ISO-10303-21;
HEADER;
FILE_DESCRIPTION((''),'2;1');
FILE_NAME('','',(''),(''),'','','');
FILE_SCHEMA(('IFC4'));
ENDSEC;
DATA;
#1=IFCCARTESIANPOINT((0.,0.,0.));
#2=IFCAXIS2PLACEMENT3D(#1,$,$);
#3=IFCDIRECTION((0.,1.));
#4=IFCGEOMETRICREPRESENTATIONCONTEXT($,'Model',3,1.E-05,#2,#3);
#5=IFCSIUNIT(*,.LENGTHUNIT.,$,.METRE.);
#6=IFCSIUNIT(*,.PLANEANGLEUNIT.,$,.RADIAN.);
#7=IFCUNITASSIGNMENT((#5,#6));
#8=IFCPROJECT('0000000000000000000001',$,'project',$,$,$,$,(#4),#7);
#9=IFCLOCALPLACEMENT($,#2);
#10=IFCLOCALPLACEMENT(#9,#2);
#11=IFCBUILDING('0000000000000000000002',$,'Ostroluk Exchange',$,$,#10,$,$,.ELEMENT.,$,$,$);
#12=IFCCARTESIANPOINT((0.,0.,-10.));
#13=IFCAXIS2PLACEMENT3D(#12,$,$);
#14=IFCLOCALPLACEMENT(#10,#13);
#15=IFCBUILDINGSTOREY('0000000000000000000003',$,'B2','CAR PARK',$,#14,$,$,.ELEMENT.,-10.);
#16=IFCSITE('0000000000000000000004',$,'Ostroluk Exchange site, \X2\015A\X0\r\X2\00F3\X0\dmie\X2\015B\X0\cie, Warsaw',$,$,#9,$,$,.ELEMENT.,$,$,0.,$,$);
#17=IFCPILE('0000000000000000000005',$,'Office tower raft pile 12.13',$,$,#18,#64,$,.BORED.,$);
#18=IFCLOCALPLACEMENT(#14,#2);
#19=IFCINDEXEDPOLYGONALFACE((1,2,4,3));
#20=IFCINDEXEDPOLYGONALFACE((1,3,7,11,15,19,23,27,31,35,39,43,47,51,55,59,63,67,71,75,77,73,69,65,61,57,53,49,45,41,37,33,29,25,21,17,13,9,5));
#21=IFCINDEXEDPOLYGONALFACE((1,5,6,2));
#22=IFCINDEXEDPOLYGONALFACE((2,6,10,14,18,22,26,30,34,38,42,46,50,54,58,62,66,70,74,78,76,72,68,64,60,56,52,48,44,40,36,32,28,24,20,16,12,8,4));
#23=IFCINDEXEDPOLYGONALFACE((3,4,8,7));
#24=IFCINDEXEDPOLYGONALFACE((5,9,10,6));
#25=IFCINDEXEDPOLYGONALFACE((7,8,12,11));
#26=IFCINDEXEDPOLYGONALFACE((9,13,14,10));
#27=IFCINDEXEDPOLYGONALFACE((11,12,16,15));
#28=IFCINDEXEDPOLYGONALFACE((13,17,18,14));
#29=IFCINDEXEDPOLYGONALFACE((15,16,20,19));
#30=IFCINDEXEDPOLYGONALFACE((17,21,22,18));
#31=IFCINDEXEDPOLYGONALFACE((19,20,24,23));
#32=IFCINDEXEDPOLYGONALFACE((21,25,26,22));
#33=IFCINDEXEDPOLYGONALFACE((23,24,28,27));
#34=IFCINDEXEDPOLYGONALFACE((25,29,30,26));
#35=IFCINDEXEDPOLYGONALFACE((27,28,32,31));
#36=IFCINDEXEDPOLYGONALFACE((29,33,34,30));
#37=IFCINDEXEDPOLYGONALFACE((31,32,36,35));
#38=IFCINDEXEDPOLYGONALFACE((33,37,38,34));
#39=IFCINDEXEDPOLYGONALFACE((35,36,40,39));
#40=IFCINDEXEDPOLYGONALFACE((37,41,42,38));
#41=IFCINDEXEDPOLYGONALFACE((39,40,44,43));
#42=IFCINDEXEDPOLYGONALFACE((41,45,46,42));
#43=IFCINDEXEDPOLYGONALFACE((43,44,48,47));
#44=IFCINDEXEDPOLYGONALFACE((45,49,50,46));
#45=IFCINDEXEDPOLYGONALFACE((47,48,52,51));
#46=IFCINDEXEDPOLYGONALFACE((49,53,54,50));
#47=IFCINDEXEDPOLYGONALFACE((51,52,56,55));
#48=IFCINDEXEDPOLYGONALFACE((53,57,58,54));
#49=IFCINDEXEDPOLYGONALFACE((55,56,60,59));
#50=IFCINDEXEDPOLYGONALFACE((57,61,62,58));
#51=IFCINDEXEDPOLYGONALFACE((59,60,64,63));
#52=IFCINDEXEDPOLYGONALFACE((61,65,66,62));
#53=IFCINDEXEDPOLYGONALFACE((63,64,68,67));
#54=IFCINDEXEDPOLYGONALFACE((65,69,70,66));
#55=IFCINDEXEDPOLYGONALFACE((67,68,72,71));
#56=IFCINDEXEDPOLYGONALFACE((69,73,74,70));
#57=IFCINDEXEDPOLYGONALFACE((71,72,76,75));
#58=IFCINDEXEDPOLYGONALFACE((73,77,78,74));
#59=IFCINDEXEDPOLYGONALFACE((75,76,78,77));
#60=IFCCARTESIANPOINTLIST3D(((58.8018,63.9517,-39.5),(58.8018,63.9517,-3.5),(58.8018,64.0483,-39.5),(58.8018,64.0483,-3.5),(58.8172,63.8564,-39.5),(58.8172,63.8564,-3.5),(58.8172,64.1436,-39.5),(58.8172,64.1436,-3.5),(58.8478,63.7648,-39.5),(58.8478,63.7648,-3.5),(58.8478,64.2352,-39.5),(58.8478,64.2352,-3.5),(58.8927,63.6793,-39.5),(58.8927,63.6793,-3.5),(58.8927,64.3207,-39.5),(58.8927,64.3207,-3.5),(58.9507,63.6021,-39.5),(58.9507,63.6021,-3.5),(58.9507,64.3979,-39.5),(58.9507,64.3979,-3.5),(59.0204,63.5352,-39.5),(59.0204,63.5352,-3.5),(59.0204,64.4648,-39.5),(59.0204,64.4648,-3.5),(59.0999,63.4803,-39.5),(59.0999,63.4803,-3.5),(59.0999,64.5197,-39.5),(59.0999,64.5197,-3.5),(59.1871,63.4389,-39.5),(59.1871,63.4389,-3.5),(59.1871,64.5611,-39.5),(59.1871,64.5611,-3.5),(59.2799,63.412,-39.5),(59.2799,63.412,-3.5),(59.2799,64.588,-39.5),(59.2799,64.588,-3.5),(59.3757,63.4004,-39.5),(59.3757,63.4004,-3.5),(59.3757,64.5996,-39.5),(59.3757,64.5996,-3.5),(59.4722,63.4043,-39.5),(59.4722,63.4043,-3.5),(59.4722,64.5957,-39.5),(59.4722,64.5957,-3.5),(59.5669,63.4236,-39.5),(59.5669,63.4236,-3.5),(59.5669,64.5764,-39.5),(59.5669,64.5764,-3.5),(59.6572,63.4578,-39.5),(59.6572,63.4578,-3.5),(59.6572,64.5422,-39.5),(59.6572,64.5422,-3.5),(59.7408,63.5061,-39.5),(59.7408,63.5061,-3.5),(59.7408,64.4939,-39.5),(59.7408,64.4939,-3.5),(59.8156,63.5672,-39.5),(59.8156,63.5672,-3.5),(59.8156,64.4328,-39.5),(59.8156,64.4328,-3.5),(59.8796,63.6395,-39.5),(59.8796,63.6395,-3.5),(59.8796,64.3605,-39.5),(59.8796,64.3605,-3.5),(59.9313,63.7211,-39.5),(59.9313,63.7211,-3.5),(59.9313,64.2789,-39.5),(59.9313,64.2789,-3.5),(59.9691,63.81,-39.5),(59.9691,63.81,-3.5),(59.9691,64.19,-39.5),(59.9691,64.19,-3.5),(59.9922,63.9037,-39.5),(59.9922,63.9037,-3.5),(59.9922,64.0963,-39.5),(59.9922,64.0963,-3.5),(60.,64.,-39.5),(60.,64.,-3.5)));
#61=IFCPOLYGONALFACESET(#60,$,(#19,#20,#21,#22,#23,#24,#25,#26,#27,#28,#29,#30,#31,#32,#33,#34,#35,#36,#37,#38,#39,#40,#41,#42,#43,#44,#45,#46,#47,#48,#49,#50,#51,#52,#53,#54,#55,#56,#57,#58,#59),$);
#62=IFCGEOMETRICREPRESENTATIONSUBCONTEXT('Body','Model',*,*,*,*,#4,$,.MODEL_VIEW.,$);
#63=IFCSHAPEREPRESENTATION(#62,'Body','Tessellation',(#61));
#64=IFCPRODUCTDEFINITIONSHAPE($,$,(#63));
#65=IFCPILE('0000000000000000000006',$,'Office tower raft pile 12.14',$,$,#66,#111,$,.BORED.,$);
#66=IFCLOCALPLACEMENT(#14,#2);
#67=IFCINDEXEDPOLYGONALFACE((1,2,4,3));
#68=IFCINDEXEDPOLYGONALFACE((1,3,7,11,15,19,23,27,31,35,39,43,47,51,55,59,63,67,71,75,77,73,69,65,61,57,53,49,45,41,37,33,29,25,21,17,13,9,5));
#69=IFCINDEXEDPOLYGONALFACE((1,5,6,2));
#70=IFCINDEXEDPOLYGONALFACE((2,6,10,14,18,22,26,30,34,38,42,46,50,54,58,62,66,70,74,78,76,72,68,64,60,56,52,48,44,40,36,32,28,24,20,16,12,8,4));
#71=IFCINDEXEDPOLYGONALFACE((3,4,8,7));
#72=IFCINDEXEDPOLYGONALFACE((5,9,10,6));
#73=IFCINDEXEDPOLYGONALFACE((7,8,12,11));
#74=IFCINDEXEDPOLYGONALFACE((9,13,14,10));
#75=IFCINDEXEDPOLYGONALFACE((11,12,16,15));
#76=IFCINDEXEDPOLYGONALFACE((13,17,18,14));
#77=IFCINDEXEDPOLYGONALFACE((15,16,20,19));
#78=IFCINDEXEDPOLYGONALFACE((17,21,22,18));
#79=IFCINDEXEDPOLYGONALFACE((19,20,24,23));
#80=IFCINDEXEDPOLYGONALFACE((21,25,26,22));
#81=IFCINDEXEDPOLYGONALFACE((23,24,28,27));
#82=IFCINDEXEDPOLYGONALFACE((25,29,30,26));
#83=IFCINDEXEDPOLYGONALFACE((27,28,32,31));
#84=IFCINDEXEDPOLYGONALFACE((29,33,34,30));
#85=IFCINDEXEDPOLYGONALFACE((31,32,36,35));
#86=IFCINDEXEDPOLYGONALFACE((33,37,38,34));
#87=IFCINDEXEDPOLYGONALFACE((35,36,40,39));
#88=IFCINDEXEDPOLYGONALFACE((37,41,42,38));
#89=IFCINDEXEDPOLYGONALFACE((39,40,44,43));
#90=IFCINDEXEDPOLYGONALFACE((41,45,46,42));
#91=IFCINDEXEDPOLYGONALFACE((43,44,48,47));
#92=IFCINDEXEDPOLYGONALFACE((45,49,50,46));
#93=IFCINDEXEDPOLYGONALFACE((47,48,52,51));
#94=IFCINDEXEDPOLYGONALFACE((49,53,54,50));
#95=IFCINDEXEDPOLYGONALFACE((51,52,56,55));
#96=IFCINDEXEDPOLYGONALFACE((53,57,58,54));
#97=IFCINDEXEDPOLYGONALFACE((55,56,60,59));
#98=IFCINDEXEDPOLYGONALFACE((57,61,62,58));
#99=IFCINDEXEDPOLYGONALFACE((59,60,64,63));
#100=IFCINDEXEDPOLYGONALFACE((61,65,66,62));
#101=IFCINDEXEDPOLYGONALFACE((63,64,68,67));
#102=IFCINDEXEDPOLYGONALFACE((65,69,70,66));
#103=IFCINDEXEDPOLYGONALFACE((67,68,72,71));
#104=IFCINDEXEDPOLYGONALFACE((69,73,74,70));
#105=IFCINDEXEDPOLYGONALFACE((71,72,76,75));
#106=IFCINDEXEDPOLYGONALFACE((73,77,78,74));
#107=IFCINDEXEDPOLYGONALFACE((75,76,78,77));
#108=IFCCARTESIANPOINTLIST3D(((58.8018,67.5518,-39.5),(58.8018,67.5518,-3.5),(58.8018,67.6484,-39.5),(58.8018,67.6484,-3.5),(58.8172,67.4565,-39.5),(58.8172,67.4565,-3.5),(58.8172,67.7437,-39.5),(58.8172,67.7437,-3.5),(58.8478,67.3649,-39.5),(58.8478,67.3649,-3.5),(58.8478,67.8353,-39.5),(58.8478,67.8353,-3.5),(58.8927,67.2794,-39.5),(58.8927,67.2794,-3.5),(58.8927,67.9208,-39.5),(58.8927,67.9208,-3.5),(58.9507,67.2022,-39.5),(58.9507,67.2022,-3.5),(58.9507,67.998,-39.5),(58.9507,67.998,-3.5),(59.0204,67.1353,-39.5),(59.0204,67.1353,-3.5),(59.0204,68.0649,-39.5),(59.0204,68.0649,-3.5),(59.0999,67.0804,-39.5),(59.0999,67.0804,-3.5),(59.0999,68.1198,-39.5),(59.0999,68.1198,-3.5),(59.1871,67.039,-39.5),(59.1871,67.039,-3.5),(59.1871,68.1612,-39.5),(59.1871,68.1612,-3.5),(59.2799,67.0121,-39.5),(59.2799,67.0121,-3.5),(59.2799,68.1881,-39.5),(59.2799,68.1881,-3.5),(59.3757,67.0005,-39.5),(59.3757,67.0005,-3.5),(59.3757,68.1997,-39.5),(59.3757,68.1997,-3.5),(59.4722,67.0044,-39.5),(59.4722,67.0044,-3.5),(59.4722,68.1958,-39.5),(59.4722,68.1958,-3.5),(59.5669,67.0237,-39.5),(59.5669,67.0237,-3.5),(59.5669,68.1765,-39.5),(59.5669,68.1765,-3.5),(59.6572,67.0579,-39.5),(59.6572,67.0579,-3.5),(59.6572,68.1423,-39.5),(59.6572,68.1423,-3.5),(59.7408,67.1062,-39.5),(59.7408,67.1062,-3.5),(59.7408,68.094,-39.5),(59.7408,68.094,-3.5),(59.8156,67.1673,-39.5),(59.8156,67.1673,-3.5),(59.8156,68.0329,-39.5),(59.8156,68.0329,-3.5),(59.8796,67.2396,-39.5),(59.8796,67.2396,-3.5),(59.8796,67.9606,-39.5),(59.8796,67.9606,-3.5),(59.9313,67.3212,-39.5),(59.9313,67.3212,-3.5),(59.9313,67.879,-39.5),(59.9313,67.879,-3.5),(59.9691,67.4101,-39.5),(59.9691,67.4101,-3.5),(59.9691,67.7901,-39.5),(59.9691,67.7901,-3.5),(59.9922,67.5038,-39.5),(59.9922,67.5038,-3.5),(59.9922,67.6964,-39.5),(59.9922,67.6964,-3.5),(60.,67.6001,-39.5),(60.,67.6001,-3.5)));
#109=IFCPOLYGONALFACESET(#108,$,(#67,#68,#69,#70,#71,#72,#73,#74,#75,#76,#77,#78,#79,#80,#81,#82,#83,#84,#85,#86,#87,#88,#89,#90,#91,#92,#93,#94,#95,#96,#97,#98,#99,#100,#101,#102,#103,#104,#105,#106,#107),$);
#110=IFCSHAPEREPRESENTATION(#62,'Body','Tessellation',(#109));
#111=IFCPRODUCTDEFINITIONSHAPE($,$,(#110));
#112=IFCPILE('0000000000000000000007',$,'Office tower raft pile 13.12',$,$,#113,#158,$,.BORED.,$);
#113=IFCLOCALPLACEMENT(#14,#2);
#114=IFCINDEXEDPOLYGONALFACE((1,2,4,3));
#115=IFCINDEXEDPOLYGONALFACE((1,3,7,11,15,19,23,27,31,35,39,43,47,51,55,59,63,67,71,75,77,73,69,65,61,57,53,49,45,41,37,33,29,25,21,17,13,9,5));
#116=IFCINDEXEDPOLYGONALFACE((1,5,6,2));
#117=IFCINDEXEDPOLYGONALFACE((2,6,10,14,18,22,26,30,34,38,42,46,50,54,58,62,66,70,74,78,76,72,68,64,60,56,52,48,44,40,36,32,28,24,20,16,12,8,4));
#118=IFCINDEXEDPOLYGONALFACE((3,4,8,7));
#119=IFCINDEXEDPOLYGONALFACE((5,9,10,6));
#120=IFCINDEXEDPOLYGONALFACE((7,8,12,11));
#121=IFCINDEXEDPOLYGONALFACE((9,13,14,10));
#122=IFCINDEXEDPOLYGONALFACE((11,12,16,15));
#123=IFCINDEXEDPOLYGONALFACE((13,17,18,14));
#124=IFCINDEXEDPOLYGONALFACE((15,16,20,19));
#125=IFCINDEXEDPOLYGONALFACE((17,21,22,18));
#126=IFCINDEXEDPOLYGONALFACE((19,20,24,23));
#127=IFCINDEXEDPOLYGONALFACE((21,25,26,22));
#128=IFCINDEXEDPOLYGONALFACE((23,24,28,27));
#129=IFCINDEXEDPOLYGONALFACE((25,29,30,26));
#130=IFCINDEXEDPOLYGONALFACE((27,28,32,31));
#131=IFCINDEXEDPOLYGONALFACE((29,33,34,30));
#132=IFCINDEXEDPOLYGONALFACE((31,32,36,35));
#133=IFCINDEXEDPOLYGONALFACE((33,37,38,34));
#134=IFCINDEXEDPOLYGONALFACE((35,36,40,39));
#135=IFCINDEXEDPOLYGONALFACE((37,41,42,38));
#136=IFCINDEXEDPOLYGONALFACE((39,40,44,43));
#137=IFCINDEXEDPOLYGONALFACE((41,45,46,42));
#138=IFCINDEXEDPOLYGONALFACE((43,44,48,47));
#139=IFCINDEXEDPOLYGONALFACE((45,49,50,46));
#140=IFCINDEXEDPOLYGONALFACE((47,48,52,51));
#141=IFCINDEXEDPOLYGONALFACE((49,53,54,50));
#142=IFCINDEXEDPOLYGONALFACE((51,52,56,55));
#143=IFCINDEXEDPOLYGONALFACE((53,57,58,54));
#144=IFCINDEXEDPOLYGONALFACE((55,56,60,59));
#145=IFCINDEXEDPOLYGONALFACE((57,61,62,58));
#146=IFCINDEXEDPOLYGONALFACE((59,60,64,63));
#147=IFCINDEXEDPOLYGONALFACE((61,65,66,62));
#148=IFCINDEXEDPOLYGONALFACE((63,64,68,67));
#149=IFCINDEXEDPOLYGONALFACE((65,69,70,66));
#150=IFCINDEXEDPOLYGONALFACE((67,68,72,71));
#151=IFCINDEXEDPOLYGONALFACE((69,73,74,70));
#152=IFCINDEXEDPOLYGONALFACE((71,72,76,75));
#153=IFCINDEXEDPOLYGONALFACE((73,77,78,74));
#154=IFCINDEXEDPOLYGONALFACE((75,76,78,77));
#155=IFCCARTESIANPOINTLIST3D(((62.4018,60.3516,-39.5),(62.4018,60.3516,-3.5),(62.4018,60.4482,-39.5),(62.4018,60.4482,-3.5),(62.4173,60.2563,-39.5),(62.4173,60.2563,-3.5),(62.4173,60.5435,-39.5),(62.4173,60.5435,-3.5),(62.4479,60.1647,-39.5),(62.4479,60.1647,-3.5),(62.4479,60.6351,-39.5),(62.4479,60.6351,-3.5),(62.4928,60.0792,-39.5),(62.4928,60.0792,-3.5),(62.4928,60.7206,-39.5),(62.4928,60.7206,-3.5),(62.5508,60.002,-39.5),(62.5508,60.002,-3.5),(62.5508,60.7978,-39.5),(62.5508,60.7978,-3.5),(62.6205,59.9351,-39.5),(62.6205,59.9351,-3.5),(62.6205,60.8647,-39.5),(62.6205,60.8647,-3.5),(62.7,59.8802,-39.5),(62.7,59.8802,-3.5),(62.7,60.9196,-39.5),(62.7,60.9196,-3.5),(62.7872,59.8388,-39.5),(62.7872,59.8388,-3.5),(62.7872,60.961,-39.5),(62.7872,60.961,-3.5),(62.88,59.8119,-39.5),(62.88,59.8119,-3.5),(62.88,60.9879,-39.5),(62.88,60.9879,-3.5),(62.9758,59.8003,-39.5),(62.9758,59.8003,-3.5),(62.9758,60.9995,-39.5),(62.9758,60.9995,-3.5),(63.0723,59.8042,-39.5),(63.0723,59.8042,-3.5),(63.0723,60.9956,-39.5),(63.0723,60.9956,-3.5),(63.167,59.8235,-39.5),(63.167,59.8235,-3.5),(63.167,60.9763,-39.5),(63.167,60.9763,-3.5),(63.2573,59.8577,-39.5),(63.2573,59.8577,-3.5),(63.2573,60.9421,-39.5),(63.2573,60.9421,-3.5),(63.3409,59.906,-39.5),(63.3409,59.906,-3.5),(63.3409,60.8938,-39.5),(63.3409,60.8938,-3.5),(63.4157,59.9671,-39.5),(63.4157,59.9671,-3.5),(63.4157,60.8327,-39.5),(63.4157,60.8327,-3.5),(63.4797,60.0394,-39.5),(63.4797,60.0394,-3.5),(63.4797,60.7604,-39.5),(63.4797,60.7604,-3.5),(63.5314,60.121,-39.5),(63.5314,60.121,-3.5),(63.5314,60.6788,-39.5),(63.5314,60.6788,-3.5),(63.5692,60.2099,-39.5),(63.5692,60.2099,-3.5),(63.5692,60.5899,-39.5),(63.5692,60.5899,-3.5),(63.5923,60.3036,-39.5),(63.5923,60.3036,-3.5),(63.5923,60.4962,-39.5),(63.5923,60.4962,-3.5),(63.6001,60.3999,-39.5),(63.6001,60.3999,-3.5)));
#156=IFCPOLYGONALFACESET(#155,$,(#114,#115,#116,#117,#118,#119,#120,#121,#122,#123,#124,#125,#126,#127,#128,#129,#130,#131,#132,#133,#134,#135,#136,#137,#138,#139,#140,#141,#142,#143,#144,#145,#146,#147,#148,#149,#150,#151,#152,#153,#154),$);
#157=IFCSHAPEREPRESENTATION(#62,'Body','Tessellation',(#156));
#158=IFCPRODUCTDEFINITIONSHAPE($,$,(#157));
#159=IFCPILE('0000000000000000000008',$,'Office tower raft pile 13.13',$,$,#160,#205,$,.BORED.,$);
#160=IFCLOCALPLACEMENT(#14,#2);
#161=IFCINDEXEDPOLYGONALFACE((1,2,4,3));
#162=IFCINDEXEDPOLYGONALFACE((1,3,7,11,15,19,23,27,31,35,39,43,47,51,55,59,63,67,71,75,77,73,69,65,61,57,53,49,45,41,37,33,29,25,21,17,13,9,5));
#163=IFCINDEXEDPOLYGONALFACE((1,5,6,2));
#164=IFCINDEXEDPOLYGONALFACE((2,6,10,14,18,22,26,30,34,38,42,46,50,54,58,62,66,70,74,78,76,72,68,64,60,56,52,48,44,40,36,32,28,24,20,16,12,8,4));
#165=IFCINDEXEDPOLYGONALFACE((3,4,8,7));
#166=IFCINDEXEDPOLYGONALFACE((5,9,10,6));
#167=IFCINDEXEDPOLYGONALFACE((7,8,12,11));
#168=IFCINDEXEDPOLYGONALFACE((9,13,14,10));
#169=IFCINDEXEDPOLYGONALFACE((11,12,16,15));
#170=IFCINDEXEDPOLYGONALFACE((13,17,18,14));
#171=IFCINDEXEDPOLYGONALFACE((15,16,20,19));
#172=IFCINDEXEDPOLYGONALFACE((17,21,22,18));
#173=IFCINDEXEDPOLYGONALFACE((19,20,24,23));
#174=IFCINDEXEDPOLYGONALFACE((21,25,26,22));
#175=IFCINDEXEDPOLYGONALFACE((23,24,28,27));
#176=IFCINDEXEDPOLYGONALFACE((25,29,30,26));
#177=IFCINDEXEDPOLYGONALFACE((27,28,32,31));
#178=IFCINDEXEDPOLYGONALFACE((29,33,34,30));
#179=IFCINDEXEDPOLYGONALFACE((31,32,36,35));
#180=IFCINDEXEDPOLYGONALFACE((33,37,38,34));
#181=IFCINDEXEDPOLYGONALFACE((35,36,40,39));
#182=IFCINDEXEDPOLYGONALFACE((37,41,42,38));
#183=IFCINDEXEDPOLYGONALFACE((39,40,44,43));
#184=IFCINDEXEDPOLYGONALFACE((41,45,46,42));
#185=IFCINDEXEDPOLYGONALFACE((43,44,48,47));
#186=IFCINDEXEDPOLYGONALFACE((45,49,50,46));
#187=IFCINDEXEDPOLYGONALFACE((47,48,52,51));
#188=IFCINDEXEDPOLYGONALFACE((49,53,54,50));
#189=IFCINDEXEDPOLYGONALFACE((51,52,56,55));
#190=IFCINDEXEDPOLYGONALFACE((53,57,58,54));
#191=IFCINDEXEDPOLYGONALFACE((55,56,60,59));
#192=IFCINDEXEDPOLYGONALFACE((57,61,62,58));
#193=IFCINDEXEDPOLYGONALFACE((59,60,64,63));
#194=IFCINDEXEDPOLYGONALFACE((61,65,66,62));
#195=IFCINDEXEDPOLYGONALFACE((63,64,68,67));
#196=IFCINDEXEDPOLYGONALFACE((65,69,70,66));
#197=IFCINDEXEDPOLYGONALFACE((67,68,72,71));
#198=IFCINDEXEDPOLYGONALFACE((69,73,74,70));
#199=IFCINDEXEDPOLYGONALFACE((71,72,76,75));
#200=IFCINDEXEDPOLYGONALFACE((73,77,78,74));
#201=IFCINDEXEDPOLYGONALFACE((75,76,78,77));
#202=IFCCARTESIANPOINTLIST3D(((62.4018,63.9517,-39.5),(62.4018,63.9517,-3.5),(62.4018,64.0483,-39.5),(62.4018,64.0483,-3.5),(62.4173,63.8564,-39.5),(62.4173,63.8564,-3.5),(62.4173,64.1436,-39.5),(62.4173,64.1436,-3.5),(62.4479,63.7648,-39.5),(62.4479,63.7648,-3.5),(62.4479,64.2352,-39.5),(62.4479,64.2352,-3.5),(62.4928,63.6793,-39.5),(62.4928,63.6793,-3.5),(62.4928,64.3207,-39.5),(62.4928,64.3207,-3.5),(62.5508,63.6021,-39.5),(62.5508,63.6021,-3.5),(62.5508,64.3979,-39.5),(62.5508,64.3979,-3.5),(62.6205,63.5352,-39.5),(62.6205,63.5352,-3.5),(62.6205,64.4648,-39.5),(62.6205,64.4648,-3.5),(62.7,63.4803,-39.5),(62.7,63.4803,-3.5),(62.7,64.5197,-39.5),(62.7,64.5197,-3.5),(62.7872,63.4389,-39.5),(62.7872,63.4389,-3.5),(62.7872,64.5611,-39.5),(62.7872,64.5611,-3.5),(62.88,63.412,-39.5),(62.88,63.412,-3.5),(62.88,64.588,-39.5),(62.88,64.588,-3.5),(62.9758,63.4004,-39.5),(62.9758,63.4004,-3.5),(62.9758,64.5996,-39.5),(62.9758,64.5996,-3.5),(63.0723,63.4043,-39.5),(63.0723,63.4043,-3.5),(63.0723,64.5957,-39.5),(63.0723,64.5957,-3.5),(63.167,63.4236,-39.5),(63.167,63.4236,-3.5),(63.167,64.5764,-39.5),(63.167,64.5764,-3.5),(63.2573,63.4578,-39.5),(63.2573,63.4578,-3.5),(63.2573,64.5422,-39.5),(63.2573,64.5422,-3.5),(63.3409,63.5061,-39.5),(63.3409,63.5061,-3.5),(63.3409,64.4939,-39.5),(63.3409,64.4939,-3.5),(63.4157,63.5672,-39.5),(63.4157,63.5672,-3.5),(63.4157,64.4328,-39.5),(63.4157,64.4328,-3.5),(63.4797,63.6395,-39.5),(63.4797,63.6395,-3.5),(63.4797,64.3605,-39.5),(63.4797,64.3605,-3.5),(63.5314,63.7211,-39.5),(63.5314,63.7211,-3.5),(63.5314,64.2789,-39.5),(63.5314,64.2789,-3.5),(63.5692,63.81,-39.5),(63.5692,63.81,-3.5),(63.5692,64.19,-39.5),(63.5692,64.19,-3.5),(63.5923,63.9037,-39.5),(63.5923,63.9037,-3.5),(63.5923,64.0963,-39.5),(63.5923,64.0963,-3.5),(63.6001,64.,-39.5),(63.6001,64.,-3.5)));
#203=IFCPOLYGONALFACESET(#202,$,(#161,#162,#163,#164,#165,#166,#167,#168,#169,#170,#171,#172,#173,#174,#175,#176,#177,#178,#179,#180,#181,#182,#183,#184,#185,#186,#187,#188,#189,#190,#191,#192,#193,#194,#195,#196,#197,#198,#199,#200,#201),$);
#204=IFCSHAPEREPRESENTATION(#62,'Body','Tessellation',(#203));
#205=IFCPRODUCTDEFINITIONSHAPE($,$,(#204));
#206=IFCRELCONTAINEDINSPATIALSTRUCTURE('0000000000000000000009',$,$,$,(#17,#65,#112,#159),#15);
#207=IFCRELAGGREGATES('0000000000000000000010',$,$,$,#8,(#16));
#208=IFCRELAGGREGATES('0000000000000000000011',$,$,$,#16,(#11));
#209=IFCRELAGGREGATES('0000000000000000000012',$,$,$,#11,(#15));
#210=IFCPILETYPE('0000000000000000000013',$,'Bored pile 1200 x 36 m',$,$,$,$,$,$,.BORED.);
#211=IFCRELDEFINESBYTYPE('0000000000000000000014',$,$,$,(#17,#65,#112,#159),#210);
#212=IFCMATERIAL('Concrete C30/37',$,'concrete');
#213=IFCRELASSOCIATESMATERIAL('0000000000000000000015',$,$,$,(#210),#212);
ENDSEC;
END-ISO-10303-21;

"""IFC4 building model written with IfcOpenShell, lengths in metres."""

from ifc_helpers import new_model, si_unit, direction, frame, origin, origin_2d, place, context, subcontext, project, spatial, circle, extrude, material, type_object, element, save


model = new_model("IFC4")

# Units and contexts
model_context = context("Model", 3, precision=1e-05, world=origin(), true_north=direction((0.0, 1.0)))
body_context = subcontext(model_context, "Body", "Model", "MODEL_VIEW")
ifc_project = project(units=[si_unit("LENGTHUNIT", "METRE"), si_unit("PLANEANGLEUNIT", "RADIAN")], contexts=[model_context])

# Site, building, storey
site_placement = place(None, origin())
site = spatial("IfcSite", under=ifc_project, at=site_placement, Name="Ostroluk Exchange site, Śródmieście, Warsaw", CompositionType="ELEMENT", RefElevation=0.0)
building_placement = place(site_placement, origin())
building = spatial("IfcBuilding", under=site, at=building_placement, Name="Ostroluk Exchange", CompositionType="ELEMENT")
storey_placement = place(building_placement, frame((0.0, 0.0, -10.0)))
storey = spatial("IfcBuildingStorey", under=building, at=storey_placement, Name="B2", Description="CAR PARK", CompositionType="ELEMENT", Elevation=-10.0)

# Piles
ifc_material_1 = material(Name="Concrete C30/37", Category="concrete")
pile_type = type_object("IfcPileType", Name="Bored pile 1200 x 36 m", PredefinedType="BORED", material=ifc_material_1)
for number, where, z_axis, x_axis, name in (
    (1, (59.3999, 64.0, -3.5), (0.0, 0.0, -1.0), (1.0, 0.0, 0.0), "Office tower raft pile 12.13"),
    (2, (59.3999, 67.6001, -3.5), (0.0, 0.0, -1.0), (1.0, 0.0, 0.0), "Office tower raft pile 12.14"),
    (3, (63.0, 60.3999, -3.5), (0.0, 0.0, -1.0), (1.0, 0.0, 0.0), "Office tower raft pile 13.12"),
    (4, (63.0, 64.0, -3.5), (0.0, 0.0, -1.0), (1.0, 0.0, 0.0), "Office tower raft pile 13.13"),
):
    element("IfcPile", number, at=place(storey_placement, frame(where, z_axis=z_axis, x_axis=x_axis)), inside=storey, type_object=pile_type, Name=name, PredefinedType="BORED", context=body_context, shape_type="SweptSolid", body=[
        extrude(circle(Radius=0.6001, at=origin_2d()), origin(), (0.0, 0.0, 1.0), 36.0),
    ])

save(model, "model.ifc")
